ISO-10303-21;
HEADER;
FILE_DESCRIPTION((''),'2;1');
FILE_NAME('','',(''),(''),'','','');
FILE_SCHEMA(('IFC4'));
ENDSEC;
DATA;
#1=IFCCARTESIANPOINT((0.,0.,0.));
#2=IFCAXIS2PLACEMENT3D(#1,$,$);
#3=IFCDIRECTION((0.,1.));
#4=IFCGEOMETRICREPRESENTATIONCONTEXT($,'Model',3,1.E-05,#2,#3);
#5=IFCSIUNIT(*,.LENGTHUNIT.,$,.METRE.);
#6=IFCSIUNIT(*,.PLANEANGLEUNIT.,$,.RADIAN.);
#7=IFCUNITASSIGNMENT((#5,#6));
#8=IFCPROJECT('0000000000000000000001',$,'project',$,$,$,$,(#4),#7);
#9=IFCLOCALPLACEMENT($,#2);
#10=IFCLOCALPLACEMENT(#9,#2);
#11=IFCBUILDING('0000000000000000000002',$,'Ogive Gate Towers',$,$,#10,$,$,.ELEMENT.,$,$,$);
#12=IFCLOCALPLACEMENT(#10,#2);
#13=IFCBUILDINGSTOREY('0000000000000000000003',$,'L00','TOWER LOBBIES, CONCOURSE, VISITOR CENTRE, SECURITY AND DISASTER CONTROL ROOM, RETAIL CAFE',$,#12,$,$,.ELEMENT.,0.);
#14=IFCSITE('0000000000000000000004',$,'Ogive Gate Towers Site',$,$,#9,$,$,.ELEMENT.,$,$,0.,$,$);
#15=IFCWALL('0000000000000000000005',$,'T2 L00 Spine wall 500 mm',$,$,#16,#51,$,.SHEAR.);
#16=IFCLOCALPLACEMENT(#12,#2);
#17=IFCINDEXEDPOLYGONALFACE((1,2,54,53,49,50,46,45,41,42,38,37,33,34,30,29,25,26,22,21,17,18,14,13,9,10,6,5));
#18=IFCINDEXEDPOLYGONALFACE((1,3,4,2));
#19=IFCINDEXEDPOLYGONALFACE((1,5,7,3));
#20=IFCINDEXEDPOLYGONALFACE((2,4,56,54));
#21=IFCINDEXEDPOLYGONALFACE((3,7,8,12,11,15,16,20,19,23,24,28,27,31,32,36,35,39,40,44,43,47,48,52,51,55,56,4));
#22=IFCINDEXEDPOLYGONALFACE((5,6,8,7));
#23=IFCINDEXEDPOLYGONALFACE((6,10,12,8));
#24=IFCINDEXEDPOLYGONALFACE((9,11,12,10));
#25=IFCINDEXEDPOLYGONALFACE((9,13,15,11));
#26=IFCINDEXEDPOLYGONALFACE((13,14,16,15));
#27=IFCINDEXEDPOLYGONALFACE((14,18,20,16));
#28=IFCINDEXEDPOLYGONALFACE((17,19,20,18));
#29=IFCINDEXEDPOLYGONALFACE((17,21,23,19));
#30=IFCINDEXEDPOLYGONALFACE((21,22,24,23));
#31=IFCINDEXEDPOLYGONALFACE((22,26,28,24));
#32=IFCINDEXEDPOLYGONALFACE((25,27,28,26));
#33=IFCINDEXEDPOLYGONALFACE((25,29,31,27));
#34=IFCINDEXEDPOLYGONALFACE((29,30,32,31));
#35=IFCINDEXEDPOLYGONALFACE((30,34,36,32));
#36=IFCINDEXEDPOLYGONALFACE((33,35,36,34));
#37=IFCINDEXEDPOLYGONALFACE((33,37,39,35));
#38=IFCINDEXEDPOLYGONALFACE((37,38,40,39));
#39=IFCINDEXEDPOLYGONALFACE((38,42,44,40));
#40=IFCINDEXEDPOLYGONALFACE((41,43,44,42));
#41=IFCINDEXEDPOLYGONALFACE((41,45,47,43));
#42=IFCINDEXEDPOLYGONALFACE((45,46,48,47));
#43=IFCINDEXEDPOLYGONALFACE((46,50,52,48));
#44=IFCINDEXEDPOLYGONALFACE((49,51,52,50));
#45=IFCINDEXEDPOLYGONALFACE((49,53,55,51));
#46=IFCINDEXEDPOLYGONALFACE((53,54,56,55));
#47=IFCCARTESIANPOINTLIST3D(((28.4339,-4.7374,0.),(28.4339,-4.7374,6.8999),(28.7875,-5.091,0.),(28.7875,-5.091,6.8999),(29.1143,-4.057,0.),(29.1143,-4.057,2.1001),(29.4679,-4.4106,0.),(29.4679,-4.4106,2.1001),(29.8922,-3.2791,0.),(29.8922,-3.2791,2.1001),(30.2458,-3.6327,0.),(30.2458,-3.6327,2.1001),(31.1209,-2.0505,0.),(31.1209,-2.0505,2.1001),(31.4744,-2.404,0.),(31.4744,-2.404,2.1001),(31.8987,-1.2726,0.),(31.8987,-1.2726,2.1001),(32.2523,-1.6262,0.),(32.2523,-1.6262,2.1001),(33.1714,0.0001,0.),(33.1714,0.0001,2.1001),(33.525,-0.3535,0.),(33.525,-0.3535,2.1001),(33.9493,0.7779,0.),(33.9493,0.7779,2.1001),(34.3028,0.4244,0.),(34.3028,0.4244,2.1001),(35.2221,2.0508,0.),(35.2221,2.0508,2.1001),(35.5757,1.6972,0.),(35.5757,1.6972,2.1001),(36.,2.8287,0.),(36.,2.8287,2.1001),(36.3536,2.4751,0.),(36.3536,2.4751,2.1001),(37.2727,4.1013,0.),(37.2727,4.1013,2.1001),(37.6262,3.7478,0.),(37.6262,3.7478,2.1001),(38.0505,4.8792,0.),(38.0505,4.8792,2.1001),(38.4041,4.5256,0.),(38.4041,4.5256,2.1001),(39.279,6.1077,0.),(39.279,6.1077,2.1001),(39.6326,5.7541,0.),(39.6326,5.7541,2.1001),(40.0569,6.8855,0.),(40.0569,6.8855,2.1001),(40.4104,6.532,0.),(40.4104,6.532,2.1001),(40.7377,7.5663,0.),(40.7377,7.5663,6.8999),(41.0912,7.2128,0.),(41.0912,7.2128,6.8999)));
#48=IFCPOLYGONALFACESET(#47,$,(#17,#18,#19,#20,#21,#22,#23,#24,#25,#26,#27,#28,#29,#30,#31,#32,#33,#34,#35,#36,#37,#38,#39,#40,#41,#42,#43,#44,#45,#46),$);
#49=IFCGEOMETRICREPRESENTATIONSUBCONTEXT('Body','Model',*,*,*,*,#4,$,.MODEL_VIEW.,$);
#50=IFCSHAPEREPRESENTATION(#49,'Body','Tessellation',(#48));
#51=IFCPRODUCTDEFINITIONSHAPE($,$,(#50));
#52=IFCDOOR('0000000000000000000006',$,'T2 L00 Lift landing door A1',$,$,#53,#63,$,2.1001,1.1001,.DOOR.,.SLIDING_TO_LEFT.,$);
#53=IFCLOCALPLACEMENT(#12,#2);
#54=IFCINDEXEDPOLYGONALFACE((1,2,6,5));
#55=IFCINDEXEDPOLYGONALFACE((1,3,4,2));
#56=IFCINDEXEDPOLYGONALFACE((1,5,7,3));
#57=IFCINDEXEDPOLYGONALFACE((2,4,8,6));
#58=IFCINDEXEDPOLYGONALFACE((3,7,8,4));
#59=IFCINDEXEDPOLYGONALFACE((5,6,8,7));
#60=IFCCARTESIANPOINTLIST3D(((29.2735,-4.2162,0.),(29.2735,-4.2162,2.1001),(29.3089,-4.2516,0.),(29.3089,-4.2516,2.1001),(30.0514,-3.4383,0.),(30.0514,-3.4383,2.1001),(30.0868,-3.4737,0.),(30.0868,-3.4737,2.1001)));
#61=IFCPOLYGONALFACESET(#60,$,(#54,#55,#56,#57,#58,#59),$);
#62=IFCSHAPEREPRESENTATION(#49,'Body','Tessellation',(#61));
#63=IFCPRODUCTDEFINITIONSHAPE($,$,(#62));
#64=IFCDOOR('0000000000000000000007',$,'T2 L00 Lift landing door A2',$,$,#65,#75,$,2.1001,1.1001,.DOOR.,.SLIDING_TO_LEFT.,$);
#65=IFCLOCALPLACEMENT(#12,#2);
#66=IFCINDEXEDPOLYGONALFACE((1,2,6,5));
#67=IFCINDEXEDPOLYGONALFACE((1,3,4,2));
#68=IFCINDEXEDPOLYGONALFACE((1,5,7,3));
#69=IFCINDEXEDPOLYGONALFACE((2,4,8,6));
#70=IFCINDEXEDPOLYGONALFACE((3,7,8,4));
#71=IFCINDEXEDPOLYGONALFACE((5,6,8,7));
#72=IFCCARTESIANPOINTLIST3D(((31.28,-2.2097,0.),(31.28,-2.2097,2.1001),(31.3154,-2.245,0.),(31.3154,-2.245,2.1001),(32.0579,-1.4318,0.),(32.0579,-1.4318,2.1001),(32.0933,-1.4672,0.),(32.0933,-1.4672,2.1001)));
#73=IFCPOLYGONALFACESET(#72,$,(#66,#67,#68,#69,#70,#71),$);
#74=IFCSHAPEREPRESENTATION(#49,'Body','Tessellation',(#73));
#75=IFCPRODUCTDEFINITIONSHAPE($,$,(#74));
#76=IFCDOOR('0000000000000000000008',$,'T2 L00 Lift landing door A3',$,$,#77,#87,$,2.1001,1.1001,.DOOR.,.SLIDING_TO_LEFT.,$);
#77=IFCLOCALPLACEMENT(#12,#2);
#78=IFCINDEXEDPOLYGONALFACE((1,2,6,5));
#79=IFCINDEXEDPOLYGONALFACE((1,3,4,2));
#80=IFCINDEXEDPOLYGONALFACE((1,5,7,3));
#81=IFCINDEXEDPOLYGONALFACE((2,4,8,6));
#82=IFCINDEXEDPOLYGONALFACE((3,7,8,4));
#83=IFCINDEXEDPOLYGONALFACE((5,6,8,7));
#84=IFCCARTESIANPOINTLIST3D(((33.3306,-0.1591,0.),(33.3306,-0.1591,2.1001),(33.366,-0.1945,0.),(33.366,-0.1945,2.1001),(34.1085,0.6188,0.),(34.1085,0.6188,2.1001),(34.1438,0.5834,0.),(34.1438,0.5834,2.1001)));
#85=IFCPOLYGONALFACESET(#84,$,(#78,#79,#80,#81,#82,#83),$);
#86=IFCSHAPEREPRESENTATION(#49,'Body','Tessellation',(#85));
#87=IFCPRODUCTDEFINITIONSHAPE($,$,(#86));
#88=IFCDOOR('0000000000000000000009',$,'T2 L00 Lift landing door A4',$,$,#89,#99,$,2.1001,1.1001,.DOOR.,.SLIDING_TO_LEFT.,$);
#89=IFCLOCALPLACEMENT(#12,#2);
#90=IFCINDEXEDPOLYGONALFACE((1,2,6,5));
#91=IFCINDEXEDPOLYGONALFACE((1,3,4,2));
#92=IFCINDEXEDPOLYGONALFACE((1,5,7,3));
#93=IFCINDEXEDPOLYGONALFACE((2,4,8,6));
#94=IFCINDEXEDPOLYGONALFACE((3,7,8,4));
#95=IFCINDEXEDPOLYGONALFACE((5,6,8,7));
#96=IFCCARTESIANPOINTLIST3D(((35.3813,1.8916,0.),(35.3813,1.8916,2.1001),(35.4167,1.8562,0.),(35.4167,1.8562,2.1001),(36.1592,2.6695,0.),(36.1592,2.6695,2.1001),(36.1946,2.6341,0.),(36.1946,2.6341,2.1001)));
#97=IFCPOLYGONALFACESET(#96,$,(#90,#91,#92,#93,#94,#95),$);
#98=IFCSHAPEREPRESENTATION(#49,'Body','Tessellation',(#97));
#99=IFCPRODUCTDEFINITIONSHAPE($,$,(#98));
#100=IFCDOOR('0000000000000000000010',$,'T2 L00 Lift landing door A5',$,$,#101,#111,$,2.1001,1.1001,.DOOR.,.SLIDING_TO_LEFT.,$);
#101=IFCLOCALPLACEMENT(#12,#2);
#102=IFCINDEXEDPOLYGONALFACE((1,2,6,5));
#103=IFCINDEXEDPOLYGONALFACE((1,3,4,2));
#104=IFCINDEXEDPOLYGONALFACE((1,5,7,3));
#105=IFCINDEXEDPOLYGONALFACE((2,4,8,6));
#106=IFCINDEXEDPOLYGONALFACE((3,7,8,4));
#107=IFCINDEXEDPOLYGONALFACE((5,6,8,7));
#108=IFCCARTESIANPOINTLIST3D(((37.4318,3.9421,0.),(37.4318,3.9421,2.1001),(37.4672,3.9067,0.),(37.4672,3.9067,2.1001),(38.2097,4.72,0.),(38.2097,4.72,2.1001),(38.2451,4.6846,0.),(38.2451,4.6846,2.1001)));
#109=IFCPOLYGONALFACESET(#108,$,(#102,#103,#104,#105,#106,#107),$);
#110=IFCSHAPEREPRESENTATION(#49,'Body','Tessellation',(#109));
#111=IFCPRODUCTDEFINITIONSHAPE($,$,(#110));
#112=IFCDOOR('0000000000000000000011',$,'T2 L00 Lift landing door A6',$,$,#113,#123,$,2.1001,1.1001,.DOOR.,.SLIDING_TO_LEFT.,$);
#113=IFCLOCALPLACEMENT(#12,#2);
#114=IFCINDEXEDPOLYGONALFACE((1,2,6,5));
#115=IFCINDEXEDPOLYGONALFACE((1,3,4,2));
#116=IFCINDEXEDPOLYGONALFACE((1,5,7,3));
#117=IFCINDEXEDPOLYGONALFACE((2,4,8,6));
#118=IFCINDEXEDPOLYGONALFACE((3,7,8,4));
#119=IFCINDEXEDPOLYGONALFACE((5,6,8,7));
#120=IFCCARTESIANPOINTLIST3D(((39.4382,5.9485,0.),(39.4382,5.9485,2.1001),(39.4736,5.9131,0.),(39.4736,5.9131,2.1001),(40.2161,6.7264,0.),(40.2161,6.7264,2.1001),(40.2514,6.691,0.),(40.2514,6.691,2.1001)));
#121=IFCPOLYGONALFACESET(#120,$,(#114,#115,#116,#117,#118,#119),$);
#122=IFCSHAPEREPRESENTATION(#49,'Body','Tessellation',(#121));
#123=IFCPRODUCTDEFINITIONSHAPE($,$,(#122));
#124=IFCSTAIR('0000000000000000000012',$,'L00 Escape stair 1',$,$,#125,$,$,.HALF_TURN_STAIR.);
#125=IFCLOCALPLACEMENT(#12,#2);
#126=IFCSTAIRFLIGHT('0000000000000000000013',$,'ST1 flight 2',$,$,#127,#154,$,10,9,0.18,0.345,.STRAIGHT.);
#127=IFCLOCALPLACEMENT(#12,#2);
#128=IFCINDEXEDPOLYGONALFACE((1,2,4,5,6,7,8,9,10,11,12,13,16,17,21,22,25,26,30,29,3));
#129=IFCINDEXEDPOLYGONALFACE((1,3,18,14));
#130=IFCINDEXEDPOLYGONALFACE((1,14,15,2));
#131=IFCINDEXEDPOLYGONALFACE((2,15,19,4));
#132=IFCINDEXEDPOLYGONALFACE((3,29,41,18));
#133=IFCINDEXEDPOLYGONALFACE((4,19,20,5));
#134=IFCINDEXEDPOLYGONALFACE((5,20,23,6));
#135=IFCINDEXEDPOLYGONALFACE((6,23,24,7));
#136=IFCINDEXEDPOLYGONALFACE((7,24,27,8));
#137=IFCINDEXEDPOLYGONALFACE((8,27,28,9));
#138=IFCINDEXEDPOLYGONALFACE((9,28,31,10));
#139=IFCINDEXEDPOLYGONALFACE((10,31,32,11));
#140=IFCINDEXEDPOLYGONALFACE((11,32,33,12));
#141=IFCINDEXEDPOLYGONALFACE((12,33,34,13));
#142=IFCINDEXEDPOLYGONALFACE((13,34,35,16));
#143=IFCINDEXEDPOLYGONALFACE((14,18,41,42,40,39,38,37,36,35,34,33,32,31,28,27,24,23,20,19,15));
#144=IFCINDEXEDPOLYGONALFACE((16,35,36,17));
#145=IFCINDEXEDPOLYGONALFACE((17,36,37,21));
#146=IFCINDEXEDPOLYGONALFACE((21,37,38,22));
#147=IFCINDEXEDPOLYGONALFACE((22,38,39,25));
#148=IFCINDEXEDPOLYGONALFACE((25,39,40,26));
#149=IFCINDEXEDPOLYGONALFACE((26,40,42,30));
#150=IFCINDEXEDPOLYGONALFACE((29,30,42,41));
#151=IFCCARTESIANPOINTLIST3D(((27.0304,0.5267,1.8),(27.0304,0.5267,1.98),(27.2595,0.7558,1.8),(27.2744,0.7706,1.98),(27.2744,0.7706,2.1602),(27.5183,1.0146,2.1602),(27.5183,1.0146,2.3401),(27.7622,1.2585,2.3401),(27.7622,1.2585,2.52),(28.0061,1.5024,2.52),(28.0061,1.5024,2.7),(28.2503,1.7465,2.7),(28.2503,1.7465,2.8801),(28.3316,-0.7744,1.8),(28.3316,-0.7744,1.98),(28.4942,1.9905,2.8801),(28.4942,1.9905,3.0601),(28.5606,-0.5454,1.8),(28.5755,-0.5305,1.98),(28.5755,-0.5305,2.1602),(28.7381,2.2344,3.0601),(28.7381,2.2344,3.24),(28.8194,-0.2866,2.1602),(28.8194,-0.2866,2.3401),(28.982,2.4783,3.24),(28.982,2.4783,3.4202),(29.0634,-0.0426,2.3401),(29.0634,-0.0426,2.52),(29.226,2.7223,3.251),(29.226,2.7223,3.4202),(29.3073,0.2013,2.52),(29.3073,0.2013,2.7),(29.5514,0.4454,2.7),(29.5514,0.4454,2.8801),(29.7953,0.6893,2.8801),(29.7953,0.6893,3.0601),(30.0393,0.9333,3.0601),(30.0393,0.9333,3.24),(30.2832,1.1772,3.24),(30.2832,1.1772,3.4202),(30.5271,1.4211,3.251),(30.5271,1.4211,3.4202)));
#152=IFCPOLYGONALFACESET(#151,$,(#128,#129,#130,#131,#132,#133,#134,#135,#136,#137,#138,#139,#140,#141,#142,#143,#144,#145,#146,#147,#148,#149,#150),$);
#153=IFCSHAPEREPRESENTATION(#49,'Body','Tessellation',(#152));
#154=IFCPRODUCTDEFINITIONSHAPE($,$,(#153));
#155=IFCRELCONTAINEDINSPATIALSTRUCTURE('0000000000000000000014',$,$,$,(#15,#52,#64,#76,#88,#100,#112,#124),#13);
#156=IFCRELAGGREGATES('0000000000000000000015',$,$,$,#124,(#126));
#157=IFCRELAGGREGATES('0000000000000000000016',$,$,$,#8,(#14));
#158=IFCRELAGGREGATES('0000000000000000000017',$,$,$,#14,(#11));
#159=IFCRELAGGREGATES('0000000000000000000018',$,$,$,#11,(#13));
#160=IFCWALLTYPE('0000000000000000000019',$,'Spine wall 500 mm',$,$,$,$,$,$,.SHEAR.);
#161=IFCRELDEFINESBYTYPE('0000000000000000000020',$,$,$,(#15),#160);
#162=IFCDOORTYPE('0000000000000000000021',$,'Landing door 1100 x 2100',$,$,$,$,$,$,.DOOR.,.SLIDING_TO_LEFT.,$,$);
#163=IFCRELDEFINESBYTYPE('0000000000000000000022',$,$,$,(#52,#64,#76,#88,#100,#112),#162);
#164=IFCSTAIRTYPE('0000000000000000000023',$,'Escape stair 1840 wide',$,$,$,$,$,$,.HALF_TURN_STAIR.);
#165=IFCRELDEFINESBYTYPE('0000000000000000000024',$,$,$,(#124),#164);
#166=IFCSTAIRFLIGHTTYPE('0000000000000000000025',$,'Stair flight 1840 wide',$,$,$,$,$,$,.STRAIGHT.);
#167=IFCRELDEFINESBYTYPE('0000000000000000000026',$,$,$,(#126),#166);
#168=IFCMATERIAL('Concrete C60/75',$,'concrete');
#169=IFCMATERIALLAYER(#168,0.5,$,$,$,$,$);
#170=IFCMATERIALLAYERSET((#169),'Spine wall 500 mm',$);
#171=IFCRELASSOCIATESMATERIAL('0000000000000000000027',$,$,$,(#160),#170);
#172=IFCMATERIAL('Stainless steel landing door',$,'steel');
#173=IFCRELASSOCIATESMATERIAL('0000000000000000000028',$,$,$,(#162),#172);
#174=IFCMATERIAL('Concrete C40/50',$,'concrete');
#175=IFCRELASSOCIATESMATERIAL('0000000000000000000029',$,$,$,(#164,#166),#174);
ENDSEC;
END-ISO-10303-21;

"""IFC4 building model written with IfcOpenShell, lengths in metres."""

from ifc_helpers import new_model, si_unit, direction, frame, frame_2d, origin, place, context, subcontext, project, spatial, polyline, rectangle, outline, extrude, material, layer, layer_set, type_object, element, fill, aggregate, save


model = new_model("IFC4")

# Units and contexts
model_context = context("Model", 3, precision=1e-05, world=origin(), true_north=direction((0.0, 1.0)))
body_context = subcontext(model_context, "Body", "Model", "MODEL_VIEW")
ifc_project = project(units=[si_unit("LENGTHUNIT", "METRE"), si_unit("PLANEANGLEUNIT", "RADIAN")], contexts=[model_context])

# Site, building, storey
site_placement = place(None, origin())
site = spatial("IfcSite", under=ifc_project, at=site_placement, Name="Ogive Gate Towers Site", CompositionType="ELEMENT", RefElevation=0.0)
building_placement = place(site_placement, origin())
building = spatial("IfcBuilding", under=site, at=building_placement, Name="Ogive Gate Towers", CompositionType="ELEMENT")
storey_placement = place(building_placement, origin())
storey = spatial("IfcBuildingStorey", under=building, at=storey_placement, Name="L00", Description="TOWER LOBBIES, CONCOURSE, VISITOR CENTRE, SECURITY AND DISASTER CONTROL ROOM, RETAIL CAFE", CompositionType="ELEMENT", Elevation=0.0)

# Shared definitions
ifc_material_1 = material(Name="Concrete C60/75", Category="concrete")

# Wall, openings, doors
ifc_layer_1 = layer(ifc_material_1, 0.5)
ifc_layer_set_1 = layer_set([ifc_layer_1], Name="Spine wall 500 mm")
wall_type_1 = type_object("IfcWallType", Name="Spine wall 500 mm", PredefinedType="SHEAR", material=ifc_layer_set_1)
wall_1_placement = place(storey_placement, frame((28.6106, -4.9143, 0.0), z_axis=(0.0, 0.0, 1.0), x_axis=(0.707107, 0.707107, 0.0)))
wall_1 = element("IfcWall", 1, at=wall_1_placement, inside=storey, type_object=wall_type_1, Name="T2 L00 Spine wall 500 mm", PredefinedType="SHEAR", context=body_context, shape_type="SweptSolid", body=[
    extrude(rectangle(XDim=17.4001, YDim=0.5, at=frame_2d((8.7002, 0.0))), origin(), (0.0, 0.0, 1.0), 6.8999),
])
opening_1_placement = place(wall_1_placement, frame((0.9624, 0.0, 0.0)))
opening_1 = element("IfcOpeningElement", 2, at=opening_1_placement, cuts=wall_1, PredefinedType="OPENING", context=body_context, shape_type="SweptSolid", body=[
    extrude(rectangle(XDim=1.1001, YDim=2.1001, at=frame_2d((0.55, 1.05))), frame((0.0, 0.26, 0.0), z_axis=(0.0, -1.0, 0.0), x_axis=(1.0, 0.0, 0.0)), (0.0, 0.0, 1.0), 0.52),
])
opening_2_placement = place(wall_1_placement, frame((3.8, 0.0, 0.0)))
opening_2 = element("IfcOpeningElement", 3, at=opening_2_placement, cuts=wall_1, PredefinedType="OPENING", context=body_context, shape_type="SweptSolid", body=[
    extrude(rectangle(XDim=1.1001, YDim=2.1001, at=frame_2d((0.55, 1.05))), frame((0.0, 0.26, 0.0), z_axis=(0.0, -1.0, 0.0), x_axis=(1.0, 0.0, 0.0)), (0.0, 0.0, 1.0), 0.52),
])
opening_3_placement = place(wall_1_placement, frame((6.7, 0.0, 0.0)))
opening_3 = element("IfcOpeningElement", 4, at=opening_3_placement, cuts=wall_1, PredefinedType="OPENING", context=body_context, shape_type="SweptSolid", body=[
    extrude(rectangle(XDim=1.1001, YDim=2.1001, at=frame_2d((0.55, 1.05))), frame((0.0, 0.26, 0.0), z_axis=(0.0, -1.0, 0.0), x_axis=(1.0, 0.0, 0.0)), (0.0, 0.0, 1.0), 0.52),
])
opening_4_placement = place(wall_1_placement, frame((9.6001, 0.0, 0.0)))
opening_4 = element("IfcOpeningElement", 5, at=opening_4_placement, cuts=wall_1, PredefinedType="OPENING", context=body_context, shape_type="SweptSolid", body=[
    extrude(rectangle(XDim=1.1001, YDim=2.1001, at=frame_2d((0.55, 1.05))), frame((0.0, 0.26, 0.0), z_axis=(0.0, -1.0, 0.0), x_axis=(1.0, 0.0, 0.0)), (0.0, 0.0, 1.0), 0.52),
])
opening_5_placement = place(wall_1_placement, frame((12.5, 0.0, 0.0)))
opening_5 = element("IfcOpeningElement", 6, at=opening_5_placement, cuts=wall_1, PredefinedType="OPENING", context=body_context, shape_type="SweptSolid", body=[
    extrude(rectangle(XDim=1.1001, YDim=2.1001, at=frame_2d((0.55, 1.05))), frame((0.0, 0.26, 0.0), z_axis=(0.0, -1.0, 0.0), x_axis=(1.0, 0.0, 0.0)), (0.0, 0.0, 1.0), 0.52),
])
opening_6_placement = place(wall_1_placement, frame((15.3374, 0.0, 0.0)))
opening_6 = element("IfcOpeningElement", 7, at=opening_6_placement, cuts=wall_1, PredefinedType="OPENING", context=body_context, shape_type="SweptSolid", body=[
    extrude(rectangle(XDim=1.1001, YDim=2.1001, at=frame_2d((0.55, 1.05))), frame((0.0, 0.26, 0.0), z_axis=(0.0, -1.0, 0.0), x_axis=(1.0, 0.0, 0.0)), (0.0, 0.0, 1.0), 0.52),
])
ifc_material_2 = material(Name="Stainless steel landing door", Category="steel")
door_type = type_object("IfcDoorType", Name="Landing door 1100 x 2100", OperationType="SLIDING_TO_LEFT", PredefinedType="DOOR", material=ifc_material_2)
door_1_placement = place(opening_1_placement, origin())
door_1 = element("IfcDoor", 8, at=door_1_placement, inside=storey, type_object=door_type, Name="T2 L00 Lift landing door A1", OperationType="SLIDING_TO_LEFT", OverallHeight=2.1001, OverallWidth=1.1001, PredefinedType="DOOR", context=body_context, shape_type="SweptSolid", body=[
    extrude(rectangle(XDim=1.1001, YDim=2.1001, at=frame_2d((0.55, 1.05))), frame((0.0, 0.0249, 0.0), z_axis=(0.0, -1.0, 0.0), x_axis=(1.0, 0.0, 0.0)), (0.0, 0.0, 1.0), 0.05),
])
fill(opening_1, door_1)
door_2_placement = place(opening_2_placement, origin())
door_2 = element("IfcDoor", 9, at=door_2_placement, inside=storey, type_object=door_type, Name="T2 L00 Lift landing door A2", OperationType="SLIDING_TO_LEFT", OverallHeight=2.1001, OverallWidth=1.1001, PredefinedType="DOOR", context=body_context, shape_type="SweptSolid", body=[
    extrude(rectangle(XDim=1.1001, YDim=2.1001, at=frame_2d((0.55, 1.05))), frame((0.0, 0.0249, 0.0), z_axis=(0.0, -1.0, 0.0), x_axis=(1.0, 0.0, 0.0)), (0.0, 0.0, 1.0), 0.05),
])
fill(opening_2, door_2)
door_3_placement = place(opening_3_placement, origin())
door_3 = element("IfcDoor", 10, at=door_3_placement, inside=storey, type_object=door_type, Name="T2 L00 Lift landing door A3", OperationType="SLIDING_TO_LEFT", OverallHeight=2.1001, OverallWidth=1.1001, PredefinedType="DOOR", context=body_context, shape_type="SweptSolid", body=[
    extrude(rectangle(XDim=1.1001, YDim=2.1001, at=frame_2d((0.55, 1.05))), frame((0.0, 0.0249, 0.0), z_axis=(0.0, -1.0, 0.0), x_axis=(1.0, 0.0, 0.0)), (0.0, 0.0, 1.0), 0.05),
])
fill(opening_3, door_3)
door_4_placement = place(opening_4_placement, origin())
door_4 = element("IfcDoor", 11, at=door_4_placement, inside=storey, type_object=door_type, Name="T2 L00 Lift landing door A4", OperationType="SLIDING_TO_LEFT", OverallHeight=2.1001, OverallWidth=1.1001, PredefinedType="DOOR", context=body_context, shape_type="SweptSolid", body=[
    extrude(rectangle(XDim=1.1001, YDim=2.1001, at=frame_2d((0.55, 1.05))), frame((0.0, 0.0249, 0.0), z_axis=(0.0, -1.0, 0.0), x_axis=(1.0, 0.0, 0.0)), (0.0, 0.0, 1.0), 0.05),
])
fill(opening_4, door_4)
door_5_placement = place(opening_5_placement, origin())
door_5 = element("IfcDoor", 12, at=door_5_placement, inside=storey, type_object=door_type, Name="T2 L00 Lift landing door A5", OperationType="SLIDING_TO_LEFT", OverallHeight=2.1001, OverallWidth=1.1001, PredefinedType="DOOR", context=body_context, shape_type="SweptSolid", body=[
    extrude(rectangle(XDim=1.1001, YDim=2.1001, at=frame_2d((0.55, 1.05))), frame((0.0, 0.0249, 0.0), z_axis=(0.0, -1.0, 0.0), x_axis=(1.0, 0.0, 0.0)), (0.0, 0.0, 1.0), 0.05),
])
fill(opening_5, door_5)
door_6_placement = place(opening_6_placement, origin())
door_6 = element("IfcDoor", 13, at=door_6_placement, inside=storey, type_object=door_type, Name="T2 L00 Lift landing door A6", OperationType="SLIDING_TO_LEFT", OverallHeight=2.1001, OverallWidth=1.1001, PredefinedType="DOOR", context=body_context, shape_type="SweptSolid", body=[
    extrude(rectangle(XDim=1.1001, YDim=2.1001, at=frame_2d((0.55, 1.05))), frame((0.0, 0.0249, 0.0), z_axis=(0.0, -1.0, 0.0), x_axis=(1.0, 0.0, 0.0)), (0.0, 0.0, 1.0), 0.05),
])
fill(opening_6, door_6)

# Stair, stair flight
ifc_material_3 = material(Name="Concrete C40/50", Category="concrete")
stair_type = type_object("IfcStairType", Name="Escape stair 1840 wide", PredefinedType="HALF_TURN_STAIR", material=ifc_material_3)
stair_placement = place(storey_placement, origin())
stair = element("IfcStair", 14, at=stair_placement, inside=storey, type_object=stair_type, Name="L00 Escape stair 1", PredefinedType="HALF_TURN_STAIR")
stair_flight_type = type_object("IfcStairFlightType", Name="Stair flight 1840 wide", PredefinedType="STRAIGHT", material=ifc_material_3)
stair_flight_1_placement = place(storey_placement, frame((27.6809, -0.1238, 1.8), z_axis=(0.0, 0.0, 1.0), x_axis=(0.707107, 0.707107, 0.0)))
stair_flight_1 = element("IfcStairFlight", 15, at=stair_flight_1_placement, type_object=stair_flight_type, Name="ST1 flight 2", NumberOfRisers=10, NumberOfTreads=9, PredefinedType="STRAIGHT", RiserHeight=0.18, TreadLength=0.345, context=body_context, shape_type="SweptSolid", body=[
    extrude(outline(polyline([(0.0, 0.0), (0.0, 0.1799), (0.345, 0.1799), (0.345, 0.3601), (0.6899, 0.3601), (0.6899, 0.54), (1.0349, 0.54), (1.0349, 0.72), (1.3799, 0.72), (1.3799, 0.8999), (1.7251, 0.8999), (1.7251, 1.0801), (2.0701, 1.0801), (2.0701, 1.26), (2.415, 1.26), (2.415, 1.4399), (2.76, 1.4399), (2.76, 1.6201), (3.105, 1.6201), (3.105, 1.8), (3.105, 1.4509), (0.324, 0.0), (0.0, 0.0)])), frame((0.0, 0.9199, 0.0), z_axis=(0.0, -1.0, 0.0), x_axis=(1.0, 0.0, 0.0)), (0.0, 0.0, 1.0), 1.8401),
])
aggregate(stair, [stair_flight_1])

save(model, "model.ifc")
